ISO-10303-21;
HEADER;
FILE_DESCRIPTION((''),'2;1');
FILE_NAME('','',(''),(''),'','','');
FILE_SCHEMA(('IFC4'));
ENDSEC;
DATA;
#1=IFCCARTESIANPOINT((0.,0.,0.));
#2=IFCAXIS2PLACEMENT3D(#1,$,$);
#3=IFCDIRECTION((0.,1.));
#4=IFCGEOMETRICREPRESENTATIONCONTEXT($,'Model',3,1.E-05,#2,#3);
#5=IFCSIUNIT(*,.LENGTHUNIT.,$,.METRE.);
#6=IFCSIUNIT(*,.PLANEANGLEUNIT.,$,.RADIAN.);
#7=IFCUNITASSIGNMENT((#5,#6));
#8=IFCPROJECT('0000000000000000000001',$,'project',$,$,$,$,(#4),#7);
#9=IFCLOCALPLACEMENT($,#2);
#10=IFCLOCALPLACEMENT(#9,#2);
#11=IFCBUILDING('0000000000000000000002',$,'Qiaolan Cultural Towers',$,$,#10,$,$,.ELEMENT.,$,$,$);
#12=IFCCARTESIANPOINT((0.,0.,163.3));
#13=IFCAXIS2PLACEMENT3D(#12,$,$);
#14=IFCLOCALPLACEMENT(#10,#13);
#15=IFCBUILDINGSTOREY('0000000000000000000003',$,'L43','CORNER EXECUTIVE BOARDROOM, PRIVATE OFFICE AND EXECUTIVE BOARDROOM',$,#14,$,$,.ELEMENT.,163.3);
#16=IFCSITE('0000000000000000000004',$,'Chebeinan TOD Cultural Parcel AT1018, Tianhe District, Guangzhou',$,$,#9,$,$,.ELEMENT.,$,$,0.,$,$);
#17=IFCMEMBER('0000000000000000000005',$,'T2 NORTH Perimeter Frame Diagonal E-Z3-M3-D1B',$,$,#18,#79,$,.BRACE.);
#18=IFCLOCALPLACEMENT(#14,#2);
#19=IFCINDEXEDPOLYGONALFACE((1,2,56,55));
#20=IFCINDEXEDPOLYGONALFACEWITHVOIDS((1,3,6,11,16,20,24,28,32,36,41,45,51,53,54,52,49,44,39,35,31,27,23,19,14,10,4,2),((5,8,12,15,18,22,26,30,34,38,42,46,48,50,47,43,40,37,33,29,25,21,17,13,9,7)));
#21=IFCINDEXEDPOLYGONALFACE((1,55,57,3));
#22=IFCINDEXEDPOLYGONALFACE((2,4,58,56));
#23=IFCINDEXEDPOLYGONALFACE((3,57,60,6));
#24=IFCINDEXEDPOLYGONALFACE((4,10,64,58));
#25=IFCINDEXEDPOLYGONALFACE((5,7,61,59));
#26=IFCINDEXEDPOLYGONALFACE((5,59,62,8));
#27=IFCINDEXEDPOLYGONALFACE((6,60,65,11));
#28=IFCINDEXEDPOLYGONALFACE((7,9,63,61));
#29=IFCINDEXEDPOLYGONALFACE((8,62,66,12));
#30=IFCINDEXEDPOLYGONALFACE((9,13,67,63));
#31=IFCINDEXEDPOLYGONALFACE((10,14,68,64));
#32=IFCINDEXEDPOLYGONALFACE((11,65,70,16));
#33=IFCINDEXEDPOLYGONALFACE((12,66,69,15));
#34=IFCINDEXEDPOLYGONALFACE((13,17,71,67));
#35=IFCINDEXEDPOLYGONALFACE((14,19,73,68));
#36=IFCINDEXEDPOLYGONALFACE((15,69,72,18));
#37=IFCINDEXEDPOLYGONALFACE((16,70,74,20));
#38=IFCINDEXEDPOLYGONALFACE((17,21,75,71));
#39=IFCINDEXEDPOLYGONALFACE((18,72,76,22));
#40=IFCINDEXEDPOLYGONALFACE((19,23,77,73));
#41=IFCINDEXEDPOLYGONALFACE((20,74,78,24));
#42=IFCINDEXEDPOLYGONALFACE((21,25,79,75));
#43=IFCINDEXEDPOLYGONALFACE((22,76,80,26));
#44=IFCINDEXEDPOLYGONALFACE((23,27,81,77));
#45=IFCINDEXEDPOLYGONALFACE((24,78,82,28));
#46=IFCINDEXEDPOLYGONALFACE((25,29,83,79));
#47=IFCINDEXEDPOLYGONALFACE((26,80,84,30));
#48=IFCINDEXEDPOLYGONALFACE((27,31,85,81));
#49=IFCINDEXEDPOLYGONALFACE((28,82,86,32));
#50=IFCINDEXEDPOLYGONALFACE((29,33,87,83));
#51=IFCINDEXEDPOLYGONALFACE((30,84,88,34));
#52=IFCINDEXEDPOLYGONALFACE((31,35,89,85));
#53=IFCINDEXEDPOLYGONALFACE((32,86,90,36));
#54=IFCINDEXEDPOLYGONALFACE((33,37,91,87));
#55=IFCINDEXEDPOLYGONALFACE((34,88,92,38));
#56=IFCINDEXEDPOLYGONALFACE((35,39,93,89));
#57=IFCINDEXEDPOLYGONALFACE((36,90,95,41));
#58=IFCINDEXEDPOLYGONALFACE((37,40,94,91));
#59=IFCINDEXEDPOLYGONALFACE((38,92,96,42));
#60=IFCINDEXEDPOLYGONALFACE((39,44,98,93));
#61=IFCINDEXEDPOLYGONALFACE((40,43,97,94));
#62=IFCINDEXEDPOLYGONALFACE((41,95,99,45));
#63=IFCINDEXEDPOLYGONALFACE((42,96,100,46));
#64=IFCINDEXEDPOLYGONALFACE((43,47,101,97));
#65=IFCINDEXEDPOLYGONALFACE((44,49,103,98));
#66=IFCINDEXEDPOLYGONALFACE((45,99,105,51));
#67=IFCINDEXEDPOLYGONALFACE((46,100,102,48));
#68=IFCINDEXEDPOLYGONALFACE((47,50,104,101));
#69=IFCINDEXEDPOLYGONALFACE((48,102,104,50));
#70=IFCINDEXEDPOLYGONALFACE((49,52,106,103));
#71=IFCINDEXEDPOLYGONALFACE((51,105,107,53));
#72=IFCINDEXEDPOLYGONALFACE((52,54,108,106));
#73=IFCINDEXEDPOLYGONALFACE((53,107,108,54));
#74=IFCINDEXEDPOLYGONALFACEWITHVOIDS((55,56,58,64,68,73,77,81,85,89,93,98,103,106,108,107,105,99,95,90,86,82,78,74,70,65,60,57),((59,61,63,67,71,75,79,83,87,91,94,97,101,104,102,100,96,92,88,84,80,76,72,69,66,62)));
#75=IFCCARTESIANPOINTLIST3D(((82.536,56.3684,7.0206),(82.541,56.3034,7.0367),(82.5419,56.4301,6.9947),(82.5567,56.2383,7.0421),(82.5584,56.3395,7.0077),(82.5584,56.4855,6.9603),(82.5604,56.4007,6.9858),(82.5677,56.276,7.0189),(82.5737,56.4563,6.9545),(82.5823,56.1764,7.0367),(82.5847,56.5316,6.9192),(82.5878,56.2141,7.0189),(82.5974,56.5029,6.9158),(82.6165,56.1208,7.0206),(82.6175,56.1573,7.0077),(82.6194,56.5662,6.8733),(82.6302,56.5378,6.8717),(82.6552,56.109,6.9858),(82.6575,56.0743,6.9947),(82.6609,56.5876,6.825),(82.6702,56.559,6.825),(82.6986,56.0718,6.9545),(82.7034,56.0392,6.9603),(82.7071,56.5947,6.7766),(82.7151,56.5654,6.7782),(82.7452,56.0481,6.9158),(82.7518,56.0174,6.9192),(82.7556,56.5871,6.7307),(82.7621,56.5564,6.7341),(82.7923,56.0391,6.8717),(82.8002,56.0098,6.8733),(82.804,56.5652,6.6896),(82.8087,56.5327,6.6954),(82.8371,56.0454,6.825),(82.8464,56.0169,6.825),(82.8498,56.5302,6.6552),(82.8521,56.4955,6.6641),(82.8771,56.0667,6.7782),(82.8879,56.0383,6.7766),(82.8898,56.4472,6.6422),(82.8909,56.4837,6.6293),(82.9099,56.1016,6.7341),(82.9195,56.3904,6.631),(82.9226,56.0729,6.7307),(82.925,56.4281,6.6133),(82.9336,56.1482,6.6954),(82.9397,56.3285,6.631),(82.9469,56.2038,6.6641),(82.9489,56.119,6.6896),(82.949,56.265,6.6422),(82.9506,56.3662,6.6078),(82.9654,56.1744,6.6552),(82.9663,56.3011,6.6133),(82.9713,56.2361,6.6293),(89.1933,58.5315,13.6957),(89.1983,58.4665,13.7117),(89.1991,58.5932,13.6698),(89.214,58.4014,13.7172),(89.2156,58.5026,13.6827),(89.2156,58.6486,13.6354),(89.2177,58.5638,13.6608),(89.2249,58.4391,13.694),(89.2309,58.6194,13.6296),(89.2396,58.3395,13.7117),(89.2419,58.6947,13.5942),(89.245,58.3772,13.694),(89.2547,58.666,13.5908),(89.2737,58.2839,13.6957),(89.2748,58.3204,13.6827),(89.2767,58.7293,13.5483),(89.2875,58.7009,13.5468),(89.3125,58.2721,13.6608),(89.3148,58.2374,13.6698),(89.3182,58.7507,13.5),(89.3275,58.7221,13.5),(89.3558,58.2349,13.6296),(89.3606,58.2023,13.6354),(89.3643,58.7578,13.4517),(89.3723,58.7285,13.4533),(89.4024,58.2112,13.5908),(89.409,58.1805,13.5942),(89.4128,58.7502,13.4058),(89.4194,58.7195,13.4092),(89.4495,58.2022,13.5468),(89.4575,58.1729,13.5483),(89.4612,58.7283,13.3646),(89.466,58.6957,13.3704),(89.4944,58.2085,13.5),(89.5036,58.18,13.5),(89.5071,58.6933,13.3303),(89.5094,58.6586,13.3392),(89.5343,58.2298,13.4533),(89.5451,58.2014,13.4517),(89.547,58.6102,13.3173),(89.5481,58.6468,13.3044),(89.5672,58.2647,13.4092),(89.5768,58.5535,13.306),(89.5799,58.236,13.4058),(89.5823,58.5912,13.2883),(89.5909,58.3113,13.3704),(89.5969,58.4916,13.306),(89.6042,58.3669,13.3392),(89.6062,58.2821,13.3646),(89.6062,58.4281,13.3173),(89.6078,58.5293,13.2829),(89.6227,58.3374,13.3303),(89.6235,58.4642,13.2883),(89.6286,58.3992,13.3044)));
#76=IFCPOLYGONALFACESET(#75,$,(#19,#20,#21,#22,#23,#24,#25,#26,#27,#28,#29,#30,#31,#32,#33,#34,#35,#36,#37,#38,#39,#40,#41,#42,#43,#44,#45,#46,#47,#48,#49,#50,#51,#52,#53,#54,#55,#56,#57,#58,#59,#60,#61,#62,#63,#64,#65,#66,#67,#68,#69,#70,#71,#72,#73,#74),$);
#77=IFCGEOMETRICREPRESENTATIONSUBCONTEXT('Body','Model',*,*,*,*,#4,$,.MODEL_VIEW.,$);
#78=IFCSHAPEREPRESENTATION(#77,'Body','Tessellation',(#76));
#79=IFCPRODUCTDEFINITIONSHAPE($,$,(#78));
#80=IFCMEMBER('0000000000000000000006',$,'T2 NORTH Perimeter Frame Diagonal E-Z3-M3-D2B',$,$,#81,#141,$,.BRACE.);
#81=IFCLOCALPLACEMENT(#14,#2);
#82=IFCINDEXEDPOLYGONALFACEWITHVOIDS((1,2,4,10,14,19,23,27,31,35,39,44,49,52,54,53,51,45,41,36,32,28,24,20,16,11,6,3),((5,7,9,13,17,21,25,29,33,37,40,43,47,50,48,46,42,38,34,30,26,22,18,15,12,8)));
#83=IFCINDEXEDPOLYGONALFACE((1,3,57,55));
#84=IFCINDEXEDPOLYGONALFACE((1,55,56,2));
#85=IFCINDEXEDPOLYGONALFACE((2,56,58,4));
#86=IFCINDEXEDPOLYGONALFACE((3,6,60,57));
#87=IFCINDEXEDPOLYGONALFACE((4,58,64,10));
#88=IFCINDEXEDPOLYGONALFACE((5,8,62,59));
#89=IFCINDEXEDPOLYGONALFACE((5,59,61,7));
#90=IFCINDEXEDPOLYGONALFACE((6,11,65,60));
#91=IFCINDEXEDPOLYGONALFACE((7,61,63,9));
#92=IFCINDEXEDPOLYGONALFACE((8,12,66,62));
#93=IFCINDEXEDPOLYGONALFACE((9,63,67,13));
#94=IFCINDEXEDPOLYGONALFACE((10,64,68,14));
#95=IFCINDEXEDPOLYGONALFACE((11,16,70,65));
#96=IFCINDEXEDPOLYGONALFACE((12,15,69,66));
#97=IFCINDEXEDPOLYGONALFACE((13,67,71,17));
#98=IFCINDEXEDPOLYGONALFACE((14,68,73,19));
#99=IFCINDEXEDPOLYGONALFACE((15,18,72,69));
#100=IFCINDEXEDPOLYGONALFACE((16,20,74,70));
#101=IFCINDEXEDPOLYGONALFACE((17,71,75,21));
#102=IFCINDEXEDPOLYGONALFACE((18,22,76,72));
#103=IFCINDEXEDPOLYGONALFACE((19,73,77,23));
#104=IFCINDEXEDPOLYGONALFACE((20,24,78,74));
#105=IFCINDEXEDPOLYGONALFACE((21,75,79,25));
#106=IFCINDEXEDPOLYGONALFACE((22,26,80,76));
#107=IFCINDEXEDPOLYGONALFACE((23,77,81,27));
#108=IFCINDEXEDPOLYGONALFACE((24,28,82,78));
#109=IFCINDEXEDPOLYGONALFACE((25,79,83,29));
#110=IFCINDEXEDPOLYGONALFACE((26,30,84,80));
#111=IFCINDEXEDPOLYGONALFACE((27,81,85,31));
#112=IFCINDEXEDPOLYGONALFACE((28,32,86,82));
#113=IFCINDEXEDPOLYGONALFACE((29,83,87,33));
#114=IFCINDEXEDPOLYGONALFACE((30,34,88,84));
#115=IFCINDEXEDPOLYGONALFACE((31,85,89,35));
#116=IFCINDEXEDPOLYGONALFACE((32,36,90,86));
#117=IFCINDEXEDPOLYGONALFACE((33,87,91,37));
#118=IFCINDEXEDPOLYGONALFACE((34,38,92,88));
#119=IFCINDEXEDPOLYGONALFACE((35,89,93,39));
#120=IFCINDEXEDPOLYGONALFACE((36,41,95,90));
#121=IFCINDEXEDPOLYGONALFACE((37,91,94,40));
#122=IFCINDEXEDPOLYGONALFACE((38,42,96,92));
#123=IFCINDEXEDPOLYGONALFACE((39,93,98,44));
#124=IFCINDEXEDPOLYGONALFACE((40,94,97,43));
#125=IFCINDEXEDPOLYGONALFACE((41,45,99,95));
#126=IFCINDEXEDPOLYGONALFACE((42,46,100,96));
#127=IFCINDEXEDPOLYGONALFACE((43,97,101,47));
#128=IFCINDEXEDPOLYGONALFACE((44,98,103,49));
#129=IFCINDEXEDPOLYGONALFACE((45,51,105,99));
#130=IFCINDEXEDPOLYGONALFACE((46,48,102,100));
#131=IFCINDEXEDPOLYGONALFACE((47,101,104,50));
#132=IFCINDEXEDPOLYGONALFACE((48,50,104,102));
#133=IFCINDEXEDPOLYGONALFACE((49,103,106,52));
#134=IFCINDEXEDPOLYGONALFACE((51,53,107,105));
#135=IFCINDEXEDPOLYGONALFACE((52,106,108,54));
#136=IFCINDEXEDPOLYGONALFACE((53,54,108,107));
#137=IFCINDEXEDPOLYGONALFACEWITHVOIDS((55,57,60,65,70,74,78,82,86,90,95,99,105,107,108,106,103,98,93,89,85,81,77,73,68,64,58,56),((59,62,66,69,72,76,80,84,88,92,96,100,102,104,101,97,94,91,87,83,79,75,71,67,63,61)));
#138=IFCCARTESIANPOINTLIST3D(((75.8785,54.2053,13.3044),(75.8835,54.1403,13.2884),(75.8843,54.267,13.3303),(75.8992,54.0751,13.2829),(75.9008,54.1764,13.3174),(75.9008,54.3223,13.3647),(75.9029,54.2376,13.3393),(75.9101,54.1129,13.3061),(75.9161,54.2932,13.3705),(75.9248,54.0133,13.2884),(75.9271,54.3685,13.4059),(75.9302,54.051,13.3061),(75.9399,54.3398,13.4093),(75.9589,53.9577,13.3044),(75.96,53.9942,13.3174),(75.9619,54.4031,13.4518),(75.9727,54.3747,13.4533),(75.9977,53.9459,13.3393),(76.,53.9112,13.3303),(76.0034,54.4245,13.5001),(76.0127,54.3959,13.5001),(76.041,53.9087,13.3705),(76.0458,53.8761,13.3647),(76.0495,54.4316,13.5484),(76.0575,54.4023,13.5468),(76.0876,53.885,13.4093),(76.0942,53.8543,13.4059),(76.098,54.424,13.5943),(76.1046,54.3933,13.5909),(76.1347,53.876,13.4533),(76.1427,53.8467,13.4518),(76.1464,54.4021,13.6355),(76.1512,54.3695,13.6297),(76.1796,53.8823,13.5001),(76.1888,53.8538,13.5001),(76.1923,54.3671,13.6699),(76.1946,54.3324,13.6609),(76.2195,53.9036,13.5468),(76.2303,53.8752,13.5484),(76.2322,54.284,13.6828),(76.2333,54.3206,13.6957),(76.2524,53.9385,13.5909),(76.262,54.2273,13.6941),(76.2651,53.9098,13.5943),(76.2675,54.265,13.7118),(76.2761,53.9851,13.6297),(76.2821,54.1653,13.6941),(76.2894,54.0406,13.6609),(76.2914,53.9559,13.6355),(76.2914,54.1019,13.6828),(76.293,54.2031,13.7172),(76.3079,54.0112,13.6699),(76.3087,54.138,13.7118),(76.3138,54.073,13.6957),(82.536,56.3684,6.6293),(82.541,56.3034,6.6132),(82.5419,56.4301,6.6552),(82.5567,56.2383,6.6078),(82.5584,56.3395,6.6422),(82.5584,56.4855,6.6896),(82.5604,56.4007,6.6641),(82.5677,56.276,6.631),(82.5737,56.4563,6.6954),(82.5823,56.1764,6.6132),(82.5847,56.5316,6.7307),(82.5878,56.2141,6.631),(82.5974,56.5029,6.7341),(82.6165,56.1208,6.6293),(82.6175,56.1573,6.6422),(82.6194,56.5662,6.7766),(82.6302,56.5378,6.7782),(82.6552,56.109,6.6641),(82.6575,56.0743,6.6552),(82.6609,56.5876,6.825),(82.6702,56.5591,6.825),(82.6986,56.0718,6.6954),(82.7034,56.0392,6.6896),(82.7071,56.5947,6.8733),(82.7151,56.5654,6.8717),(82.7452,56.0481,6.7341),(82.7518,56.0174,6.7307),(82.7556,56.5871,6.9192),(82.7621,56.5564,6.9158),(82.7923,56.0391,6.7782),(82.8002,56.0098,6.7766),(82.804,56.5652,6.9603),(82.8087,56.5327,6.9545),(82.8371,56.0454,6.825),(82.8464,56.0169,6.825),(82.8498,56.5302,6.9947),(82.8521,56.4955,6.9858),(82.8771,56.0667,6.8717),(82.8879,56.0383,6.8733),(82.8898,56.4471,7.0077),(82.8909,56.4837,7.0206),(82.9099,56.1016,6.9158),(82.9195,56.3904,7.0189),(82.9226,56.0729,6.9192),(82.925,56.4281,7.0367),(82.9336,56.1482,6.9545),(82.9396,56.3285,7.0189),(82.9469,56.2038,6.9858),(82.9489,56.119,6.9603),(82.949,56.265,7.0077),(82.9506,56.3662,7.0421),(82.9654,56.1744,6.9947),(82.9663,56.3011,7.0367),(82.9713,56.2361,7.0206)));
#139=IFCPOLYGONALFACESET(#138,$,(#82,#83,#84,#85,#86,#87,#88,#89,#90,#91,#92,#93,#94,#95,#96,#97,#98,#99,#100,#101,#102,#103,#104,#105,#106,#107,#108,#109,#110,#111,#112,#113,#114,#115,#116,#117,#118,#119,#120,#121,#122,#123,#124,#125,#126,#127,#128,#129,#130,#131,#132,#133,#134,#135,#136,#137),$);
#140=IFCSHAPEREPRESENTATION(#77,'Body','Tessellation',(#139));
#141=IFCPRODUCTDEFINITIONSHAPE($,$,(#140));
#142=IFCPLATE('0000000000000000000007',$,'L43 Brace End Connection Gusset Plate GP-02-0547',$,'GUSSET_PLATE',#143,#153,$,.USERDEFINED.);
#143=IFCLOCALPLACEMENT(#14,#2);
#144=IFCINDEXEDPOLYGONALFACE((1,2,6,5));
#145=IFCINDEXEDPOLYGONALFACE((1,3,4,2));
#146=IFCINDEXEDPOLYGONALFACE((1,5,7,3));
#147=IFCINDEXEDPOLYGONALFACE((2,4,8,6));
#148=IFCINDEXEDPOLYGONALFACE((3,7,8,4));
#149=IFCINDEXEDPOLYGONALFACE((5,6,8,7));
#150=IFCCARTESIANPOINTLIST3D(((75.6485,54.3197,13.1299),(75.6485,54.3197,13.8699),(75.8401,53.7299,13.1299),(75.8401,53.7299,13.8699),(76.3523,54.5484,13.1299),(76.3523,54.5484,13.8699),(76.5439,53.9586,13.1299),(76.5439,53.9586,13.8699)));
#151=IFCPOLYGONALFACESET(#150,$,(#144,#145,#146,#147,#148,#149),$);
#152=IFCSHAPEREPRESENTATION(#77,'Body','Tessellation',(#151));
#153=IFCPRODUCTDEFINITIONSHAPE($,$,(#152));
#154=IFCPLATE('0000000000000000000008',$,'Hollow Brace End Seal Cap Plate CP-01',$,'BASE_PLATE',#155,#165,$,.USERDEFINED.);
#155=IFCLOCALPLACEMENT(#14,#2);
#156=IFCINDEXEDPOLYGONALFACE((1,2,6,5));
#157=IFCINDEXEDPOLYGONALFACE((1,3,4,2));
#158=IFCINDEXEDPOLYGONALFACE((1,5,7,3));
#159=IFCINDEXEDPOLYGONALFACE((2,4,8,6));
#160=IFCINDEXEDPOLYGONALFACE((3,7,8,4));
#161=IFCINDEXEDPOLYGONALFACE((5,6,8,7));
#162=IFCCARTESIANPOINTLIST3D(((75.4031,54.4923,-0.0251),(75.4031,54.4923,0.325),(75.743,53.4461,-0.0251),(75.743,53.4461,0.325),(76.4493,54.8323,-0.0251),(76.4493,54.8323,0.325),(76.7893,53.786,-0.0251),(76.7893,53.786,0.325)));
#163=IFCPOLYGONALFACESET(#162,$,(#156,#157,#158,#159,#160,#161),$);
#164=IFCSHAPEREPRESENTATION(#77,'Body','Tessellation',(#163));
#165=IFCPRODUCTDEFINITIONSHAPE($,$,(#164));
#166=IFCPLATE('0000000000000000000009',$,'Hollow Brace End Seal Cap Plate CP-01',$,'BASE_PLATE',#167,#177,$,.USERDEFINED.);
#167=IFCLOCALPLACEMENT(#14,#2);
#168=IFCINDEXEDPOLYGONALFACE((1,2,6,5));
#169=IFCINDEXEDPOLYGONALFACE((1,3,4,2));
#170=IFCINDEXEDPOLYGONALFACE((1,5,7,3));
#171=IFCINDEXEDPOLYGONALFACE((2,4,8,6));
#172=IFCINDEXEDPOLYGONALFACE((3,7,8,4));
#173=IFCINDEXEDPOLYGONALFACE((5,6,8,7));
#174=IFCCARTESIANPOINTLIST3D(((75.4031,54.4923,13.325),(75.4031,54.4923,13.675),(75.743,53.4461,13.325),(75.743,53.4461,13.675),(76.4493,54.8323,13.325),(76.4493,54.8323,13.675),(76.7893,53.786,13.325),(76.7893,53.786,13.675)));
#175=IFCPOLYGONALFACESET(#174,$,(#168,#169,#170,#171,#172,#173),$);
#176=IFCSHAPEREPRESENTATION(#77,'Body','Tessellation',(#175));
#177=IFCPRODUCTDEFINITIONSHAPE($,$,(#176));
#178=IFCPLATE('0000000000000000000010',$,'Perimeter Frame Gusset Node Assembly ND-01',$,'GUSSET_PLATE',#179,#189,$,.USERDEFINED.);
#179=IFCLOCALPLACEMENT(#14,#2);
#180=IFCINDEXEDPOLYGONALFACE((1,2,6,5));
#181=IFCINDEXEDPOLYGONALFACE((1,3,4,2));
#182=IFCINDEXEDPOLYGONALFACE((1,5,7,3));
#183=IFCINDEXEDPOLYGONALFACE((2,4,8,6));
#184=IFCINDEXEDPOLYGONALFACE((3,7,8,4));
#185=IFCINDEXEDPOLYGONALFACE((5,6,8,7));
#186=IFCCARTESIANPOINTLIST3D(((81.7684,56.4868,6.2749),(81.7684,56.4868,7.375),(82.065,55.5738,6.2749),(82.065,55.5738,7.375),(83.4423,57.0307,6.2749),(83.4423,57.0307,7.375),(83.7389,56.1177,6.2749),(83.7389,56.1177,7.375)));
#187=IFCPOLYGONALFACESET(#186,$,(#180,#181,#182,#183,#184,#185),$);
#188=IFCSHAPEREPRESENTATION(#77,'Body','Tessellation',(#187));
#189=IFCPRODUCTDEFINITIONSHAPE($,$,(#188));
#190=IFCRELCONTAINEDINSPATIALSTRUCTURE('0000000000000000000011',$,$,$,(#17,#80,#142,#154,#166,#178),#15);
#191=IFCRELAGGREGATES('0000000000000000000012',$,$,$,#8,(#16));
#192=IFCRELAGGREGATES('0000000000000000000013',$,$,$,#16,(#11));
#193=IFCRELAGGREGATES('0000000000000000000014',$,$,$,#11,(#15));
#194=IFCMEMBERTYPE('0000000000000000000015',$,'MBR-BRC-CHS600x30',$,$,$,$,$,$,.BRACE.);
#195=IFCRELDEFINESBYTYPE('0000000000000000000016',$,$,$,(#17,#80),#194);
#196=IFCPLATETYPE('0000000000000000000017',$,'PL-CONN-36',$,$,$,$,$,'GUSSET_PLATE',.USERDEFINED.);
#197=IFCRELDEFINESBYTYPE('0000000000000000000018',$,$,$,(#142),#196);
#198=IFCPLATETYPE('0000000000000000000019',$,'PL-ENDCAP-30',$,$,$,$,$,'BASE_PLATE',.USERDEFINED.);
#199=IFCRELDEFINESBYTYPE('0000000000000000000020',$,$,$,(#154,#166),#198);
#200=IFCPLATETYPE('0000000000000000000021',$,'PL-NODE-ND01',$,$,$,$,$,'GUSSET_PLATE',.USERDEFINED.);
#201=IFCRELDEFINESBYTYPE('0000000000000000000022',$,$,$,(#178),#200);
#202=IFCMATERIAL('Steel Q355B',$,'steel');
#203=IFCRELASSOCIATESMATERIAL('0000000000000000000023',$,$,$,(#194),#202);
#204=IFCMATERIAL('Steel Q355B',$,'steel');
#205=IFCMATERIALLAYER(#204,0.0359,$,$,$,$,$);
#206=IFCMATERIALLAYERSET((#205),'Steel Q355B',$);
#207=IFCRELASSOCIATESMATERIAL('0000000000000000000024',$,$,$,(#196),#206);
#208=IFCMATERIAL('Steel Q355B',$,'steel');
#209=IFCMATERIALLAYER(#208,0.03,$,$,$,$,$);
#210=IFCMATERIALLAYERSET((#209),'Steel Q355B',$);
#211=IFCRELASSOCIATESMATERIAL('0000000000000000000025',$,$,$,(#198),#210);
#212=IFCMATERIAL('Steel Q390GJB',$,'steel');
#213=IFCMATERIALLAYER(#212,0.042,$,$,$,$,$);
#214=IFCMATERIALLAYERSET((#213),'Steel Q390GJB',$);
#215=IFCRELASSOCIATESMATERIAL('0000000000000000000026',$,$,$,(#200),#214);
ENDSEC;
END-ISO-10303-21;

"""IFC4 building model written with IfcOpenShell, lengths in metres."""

from ifc_helpers import new_model, si_unit, direction, frame, origin, origin_2d, place, context, subcontext, project, spatial, rectangle, hollow_circle, extrude, material, layer, layer_set, material_profile, profile_set, type_object, element, save


model = new_model("IFC4")

# Units and contexts
model_context = context("Model", 3, precision=1e-05, world=origin(), true_north=direction((0.0, 1.0)))
body_context = subcontext(model_context, "Body", "Model", "MODEL_VIEW")
ifc_project = project(units=[si_unit("LENGTHUNIT", "METRE"), si_unit("PLANEANGLEUNIT", "RADIAN")], contexts=[model_context])

# Site, building, storey
site_placement = place(None, origin())
site = spatial("IfcSite", under=ifc_project, at=site_placement, Name="Chebeinan TOD Cultural Parcel AT1018, Tianhe District, Guangzhou", CompositionType="ELEMENT", RefElevation=0.0)
building_placement = place(site_placement, origin())
building = spatial("IfcBuilding", under=site, at=building_placement, Name="Qiaolan Cultural Towers", CompositionType="ELEMENT")
storey_placement = place(building_placement, frame((0.0, 0.0, 163.3)))
storey = spatial("IfcBuildingStorey", under=building, at=storey_placement, Name="L43", Description="CORNER EXECUTIVE BOARDROOM, PRIVATE OFFICE AND EXECUTIVE BOARDROOM", CompositionType="ELEMENT", Elevation=163.3)

# Members
ifc_material_1 = material(Name="Steel Q355B", Category="steel")
ifc_material_profile_1 = material_profile(ifc_material_1, hollow_circle(Radius=0.3, WallThickness=0.03, at=origin_2d()), Name="CHS600x30")
ifc_profile_set_1 = profile_set([ifc_material_profile_1], Name="Steel Q355B")
member_type = type_object("IfcMemberType", Name="MBR-BRC-CHS600x30", PredefinedType="BRACE", material=ifc_profile_set_1)
member_1_placement = place(storey_placement, frame((82.7537, 56.3022, 6.825), z_axis=(0.688276, 0.223637, 0.690118), x_axis=(-0.30902, 0.951056, 0.0)))
element("IfcMember", 1, at=member_1_placement, inside=storey, type_object=member_type, Name="T2 NORTH Perimeter Frame Diagonal E-Z3-M3-D1B", PredefinedType="BRACE", context=body_context, shape_type="SweptSolid", body=[
    extrude(hollow_circle(Radius=0.3, WallThickness=0.03, at=origin_2d()), origin(), (0.0, 0.0, 1.0), 9.6724),
])
member_2_placement = place(storey_placement, frame((82.7537, 56.3022, 6.825), z_axis=(-0.688289, -0.223633, 0.690106), x_axis=(0.30901, -0.951059, 0.0)))
element("IfcMember", 2, at=member_2_placement, inside=storey, type_object=member_type, Name="T2 NORTH Perimeter Frame Diagonal E-Z3-M3-D2B", PredefinedType="BRACE", context=body_context, shape_type="SweptSolid", body=[
    extrude(hollow_circle(Radius=0.3, WallThickness=0.03, at=origin_2d()), origin(), (0.0, 0.0, 1.0), 9.6726),
])

# Plates
ifc_material_2 = material(Name="Steel Q355B", Category="steel")
ifc_layer_1 = layer(ifc_material_2, 0.0359)
ifc_layer_set_1 = layer_set([ifc_layer_1], Name="Steel Q355B")
plate_type_1 = type_object("IfcPlateType", Name="PL-CONN-36", ElementType="GUSSET_PLATE", PredefinedType="USERDEFINED", material=ifc_layer_set_1)
plate_1_placement = place(storey_placement, frame((76.0962, 54.1392, 13.1299), z_axis=(0.0, 0.0, 1.0), x_axis=(0.951057, 0.309017, 0.0)))
element("IfcPlate", 3, at=plate_1_placement, inside=storey, type_object=plate_type_1, Name="L43 Brace End Connection Gusset Plate GP-02-0547", ObjectType="GUSSET_PLATE", PredefinedType="USERDEFINED", context=body_context, shape_type="SweptSolid", body=[
    extrude(rectangle(XDim=0.74, YDim=0.6201, at=origin_2d()), origin(), (0.0, 0.0, 1.0), 0.74),
])
ifc_material_3 = material(Name="Steel Q355B", Category="steel")
ifc_layer_2 = layer(ifc_material_3, 0.03)
ifc_layer_set_2 = layer_set([ifc_layer_2], Name="Steel Q355B")
plate_type_2 = type_object("IfcPlateType", Name="PL-ENDCAP-30", ElementType="BASE_PLATE", PredefinedType="USERDEFINED", material=ifc_layer_set_2)
for number, where, z_axis, x_axis, name in (
    (4, (76.0962, 54.1392, -0.0251), (0.0, 0.0, 1.0), (0.951057, 0.309017, 0.0), "Hollow Brace End Seal Cap Plate CP-01"),
    (5, (76.0962, 54.1392, 13.325), (0.0, 0.0, 1.0), (0.951057, 0.309017, 0.0), "Hollow Brace End Seal Cap Plate CP-01"),
):
    element("IfcPlate", number, at=place(storey_placement, frame(where, z_axis=z_axis, x_axis=x_axis)), inside=storey, type_object=plate_type_2, Name=name, ObjectType="BASE_PLATE", PredefinedType="USERDEFINED", context=body_context, shape_type="SweptSolid", body=[
        extrude(rectangle(XDim=1.1001, YDim=1.1001, at=origin_2d()), origin(), (0.0, 0.0, 1.0), 0.3501),
    ])
ifc_material_4 = material(Name="Steel Q390GJB", Category="steel")
ifc_layer_3 = layer(ifc_material_4, 0.042)
ifc_layer_set_3 = layer_set([ifc_layer_3], Name="Steel Q390GJB")
plate_type_3 = type_object("IfcPlateType", Name="PL-NODE-ND01", ElementType="GUSSET_PLATE", PredefinedType="USERDEFINED", material=ifc_layer_set_3)
plate_2_placement = place(storey_placement, frame((82.7537, 56.3022, 6.2749), z_axis=(0.0, 0.0, 1.0), x_axis=(0.951057, 0.309017, 0.0)))
element("IfcPlate", 6, at=plate_2_placement, inside=storey, type_object=plate_type_3, Name="Perimeter Frame Gusset Node Assembly ND-01", ObjectType="GUSSET_PLATE", PredefinedType="USERDEFINED", context=body_context, shape_type="SweptSolid", body=[
    extrude(rectangle(XDim=1.76, YDim=0.96, at=origin_2d()), origin(), (0.0, 0.0, 1.0), 1.1001),
])

save(model, "model.ifc")
